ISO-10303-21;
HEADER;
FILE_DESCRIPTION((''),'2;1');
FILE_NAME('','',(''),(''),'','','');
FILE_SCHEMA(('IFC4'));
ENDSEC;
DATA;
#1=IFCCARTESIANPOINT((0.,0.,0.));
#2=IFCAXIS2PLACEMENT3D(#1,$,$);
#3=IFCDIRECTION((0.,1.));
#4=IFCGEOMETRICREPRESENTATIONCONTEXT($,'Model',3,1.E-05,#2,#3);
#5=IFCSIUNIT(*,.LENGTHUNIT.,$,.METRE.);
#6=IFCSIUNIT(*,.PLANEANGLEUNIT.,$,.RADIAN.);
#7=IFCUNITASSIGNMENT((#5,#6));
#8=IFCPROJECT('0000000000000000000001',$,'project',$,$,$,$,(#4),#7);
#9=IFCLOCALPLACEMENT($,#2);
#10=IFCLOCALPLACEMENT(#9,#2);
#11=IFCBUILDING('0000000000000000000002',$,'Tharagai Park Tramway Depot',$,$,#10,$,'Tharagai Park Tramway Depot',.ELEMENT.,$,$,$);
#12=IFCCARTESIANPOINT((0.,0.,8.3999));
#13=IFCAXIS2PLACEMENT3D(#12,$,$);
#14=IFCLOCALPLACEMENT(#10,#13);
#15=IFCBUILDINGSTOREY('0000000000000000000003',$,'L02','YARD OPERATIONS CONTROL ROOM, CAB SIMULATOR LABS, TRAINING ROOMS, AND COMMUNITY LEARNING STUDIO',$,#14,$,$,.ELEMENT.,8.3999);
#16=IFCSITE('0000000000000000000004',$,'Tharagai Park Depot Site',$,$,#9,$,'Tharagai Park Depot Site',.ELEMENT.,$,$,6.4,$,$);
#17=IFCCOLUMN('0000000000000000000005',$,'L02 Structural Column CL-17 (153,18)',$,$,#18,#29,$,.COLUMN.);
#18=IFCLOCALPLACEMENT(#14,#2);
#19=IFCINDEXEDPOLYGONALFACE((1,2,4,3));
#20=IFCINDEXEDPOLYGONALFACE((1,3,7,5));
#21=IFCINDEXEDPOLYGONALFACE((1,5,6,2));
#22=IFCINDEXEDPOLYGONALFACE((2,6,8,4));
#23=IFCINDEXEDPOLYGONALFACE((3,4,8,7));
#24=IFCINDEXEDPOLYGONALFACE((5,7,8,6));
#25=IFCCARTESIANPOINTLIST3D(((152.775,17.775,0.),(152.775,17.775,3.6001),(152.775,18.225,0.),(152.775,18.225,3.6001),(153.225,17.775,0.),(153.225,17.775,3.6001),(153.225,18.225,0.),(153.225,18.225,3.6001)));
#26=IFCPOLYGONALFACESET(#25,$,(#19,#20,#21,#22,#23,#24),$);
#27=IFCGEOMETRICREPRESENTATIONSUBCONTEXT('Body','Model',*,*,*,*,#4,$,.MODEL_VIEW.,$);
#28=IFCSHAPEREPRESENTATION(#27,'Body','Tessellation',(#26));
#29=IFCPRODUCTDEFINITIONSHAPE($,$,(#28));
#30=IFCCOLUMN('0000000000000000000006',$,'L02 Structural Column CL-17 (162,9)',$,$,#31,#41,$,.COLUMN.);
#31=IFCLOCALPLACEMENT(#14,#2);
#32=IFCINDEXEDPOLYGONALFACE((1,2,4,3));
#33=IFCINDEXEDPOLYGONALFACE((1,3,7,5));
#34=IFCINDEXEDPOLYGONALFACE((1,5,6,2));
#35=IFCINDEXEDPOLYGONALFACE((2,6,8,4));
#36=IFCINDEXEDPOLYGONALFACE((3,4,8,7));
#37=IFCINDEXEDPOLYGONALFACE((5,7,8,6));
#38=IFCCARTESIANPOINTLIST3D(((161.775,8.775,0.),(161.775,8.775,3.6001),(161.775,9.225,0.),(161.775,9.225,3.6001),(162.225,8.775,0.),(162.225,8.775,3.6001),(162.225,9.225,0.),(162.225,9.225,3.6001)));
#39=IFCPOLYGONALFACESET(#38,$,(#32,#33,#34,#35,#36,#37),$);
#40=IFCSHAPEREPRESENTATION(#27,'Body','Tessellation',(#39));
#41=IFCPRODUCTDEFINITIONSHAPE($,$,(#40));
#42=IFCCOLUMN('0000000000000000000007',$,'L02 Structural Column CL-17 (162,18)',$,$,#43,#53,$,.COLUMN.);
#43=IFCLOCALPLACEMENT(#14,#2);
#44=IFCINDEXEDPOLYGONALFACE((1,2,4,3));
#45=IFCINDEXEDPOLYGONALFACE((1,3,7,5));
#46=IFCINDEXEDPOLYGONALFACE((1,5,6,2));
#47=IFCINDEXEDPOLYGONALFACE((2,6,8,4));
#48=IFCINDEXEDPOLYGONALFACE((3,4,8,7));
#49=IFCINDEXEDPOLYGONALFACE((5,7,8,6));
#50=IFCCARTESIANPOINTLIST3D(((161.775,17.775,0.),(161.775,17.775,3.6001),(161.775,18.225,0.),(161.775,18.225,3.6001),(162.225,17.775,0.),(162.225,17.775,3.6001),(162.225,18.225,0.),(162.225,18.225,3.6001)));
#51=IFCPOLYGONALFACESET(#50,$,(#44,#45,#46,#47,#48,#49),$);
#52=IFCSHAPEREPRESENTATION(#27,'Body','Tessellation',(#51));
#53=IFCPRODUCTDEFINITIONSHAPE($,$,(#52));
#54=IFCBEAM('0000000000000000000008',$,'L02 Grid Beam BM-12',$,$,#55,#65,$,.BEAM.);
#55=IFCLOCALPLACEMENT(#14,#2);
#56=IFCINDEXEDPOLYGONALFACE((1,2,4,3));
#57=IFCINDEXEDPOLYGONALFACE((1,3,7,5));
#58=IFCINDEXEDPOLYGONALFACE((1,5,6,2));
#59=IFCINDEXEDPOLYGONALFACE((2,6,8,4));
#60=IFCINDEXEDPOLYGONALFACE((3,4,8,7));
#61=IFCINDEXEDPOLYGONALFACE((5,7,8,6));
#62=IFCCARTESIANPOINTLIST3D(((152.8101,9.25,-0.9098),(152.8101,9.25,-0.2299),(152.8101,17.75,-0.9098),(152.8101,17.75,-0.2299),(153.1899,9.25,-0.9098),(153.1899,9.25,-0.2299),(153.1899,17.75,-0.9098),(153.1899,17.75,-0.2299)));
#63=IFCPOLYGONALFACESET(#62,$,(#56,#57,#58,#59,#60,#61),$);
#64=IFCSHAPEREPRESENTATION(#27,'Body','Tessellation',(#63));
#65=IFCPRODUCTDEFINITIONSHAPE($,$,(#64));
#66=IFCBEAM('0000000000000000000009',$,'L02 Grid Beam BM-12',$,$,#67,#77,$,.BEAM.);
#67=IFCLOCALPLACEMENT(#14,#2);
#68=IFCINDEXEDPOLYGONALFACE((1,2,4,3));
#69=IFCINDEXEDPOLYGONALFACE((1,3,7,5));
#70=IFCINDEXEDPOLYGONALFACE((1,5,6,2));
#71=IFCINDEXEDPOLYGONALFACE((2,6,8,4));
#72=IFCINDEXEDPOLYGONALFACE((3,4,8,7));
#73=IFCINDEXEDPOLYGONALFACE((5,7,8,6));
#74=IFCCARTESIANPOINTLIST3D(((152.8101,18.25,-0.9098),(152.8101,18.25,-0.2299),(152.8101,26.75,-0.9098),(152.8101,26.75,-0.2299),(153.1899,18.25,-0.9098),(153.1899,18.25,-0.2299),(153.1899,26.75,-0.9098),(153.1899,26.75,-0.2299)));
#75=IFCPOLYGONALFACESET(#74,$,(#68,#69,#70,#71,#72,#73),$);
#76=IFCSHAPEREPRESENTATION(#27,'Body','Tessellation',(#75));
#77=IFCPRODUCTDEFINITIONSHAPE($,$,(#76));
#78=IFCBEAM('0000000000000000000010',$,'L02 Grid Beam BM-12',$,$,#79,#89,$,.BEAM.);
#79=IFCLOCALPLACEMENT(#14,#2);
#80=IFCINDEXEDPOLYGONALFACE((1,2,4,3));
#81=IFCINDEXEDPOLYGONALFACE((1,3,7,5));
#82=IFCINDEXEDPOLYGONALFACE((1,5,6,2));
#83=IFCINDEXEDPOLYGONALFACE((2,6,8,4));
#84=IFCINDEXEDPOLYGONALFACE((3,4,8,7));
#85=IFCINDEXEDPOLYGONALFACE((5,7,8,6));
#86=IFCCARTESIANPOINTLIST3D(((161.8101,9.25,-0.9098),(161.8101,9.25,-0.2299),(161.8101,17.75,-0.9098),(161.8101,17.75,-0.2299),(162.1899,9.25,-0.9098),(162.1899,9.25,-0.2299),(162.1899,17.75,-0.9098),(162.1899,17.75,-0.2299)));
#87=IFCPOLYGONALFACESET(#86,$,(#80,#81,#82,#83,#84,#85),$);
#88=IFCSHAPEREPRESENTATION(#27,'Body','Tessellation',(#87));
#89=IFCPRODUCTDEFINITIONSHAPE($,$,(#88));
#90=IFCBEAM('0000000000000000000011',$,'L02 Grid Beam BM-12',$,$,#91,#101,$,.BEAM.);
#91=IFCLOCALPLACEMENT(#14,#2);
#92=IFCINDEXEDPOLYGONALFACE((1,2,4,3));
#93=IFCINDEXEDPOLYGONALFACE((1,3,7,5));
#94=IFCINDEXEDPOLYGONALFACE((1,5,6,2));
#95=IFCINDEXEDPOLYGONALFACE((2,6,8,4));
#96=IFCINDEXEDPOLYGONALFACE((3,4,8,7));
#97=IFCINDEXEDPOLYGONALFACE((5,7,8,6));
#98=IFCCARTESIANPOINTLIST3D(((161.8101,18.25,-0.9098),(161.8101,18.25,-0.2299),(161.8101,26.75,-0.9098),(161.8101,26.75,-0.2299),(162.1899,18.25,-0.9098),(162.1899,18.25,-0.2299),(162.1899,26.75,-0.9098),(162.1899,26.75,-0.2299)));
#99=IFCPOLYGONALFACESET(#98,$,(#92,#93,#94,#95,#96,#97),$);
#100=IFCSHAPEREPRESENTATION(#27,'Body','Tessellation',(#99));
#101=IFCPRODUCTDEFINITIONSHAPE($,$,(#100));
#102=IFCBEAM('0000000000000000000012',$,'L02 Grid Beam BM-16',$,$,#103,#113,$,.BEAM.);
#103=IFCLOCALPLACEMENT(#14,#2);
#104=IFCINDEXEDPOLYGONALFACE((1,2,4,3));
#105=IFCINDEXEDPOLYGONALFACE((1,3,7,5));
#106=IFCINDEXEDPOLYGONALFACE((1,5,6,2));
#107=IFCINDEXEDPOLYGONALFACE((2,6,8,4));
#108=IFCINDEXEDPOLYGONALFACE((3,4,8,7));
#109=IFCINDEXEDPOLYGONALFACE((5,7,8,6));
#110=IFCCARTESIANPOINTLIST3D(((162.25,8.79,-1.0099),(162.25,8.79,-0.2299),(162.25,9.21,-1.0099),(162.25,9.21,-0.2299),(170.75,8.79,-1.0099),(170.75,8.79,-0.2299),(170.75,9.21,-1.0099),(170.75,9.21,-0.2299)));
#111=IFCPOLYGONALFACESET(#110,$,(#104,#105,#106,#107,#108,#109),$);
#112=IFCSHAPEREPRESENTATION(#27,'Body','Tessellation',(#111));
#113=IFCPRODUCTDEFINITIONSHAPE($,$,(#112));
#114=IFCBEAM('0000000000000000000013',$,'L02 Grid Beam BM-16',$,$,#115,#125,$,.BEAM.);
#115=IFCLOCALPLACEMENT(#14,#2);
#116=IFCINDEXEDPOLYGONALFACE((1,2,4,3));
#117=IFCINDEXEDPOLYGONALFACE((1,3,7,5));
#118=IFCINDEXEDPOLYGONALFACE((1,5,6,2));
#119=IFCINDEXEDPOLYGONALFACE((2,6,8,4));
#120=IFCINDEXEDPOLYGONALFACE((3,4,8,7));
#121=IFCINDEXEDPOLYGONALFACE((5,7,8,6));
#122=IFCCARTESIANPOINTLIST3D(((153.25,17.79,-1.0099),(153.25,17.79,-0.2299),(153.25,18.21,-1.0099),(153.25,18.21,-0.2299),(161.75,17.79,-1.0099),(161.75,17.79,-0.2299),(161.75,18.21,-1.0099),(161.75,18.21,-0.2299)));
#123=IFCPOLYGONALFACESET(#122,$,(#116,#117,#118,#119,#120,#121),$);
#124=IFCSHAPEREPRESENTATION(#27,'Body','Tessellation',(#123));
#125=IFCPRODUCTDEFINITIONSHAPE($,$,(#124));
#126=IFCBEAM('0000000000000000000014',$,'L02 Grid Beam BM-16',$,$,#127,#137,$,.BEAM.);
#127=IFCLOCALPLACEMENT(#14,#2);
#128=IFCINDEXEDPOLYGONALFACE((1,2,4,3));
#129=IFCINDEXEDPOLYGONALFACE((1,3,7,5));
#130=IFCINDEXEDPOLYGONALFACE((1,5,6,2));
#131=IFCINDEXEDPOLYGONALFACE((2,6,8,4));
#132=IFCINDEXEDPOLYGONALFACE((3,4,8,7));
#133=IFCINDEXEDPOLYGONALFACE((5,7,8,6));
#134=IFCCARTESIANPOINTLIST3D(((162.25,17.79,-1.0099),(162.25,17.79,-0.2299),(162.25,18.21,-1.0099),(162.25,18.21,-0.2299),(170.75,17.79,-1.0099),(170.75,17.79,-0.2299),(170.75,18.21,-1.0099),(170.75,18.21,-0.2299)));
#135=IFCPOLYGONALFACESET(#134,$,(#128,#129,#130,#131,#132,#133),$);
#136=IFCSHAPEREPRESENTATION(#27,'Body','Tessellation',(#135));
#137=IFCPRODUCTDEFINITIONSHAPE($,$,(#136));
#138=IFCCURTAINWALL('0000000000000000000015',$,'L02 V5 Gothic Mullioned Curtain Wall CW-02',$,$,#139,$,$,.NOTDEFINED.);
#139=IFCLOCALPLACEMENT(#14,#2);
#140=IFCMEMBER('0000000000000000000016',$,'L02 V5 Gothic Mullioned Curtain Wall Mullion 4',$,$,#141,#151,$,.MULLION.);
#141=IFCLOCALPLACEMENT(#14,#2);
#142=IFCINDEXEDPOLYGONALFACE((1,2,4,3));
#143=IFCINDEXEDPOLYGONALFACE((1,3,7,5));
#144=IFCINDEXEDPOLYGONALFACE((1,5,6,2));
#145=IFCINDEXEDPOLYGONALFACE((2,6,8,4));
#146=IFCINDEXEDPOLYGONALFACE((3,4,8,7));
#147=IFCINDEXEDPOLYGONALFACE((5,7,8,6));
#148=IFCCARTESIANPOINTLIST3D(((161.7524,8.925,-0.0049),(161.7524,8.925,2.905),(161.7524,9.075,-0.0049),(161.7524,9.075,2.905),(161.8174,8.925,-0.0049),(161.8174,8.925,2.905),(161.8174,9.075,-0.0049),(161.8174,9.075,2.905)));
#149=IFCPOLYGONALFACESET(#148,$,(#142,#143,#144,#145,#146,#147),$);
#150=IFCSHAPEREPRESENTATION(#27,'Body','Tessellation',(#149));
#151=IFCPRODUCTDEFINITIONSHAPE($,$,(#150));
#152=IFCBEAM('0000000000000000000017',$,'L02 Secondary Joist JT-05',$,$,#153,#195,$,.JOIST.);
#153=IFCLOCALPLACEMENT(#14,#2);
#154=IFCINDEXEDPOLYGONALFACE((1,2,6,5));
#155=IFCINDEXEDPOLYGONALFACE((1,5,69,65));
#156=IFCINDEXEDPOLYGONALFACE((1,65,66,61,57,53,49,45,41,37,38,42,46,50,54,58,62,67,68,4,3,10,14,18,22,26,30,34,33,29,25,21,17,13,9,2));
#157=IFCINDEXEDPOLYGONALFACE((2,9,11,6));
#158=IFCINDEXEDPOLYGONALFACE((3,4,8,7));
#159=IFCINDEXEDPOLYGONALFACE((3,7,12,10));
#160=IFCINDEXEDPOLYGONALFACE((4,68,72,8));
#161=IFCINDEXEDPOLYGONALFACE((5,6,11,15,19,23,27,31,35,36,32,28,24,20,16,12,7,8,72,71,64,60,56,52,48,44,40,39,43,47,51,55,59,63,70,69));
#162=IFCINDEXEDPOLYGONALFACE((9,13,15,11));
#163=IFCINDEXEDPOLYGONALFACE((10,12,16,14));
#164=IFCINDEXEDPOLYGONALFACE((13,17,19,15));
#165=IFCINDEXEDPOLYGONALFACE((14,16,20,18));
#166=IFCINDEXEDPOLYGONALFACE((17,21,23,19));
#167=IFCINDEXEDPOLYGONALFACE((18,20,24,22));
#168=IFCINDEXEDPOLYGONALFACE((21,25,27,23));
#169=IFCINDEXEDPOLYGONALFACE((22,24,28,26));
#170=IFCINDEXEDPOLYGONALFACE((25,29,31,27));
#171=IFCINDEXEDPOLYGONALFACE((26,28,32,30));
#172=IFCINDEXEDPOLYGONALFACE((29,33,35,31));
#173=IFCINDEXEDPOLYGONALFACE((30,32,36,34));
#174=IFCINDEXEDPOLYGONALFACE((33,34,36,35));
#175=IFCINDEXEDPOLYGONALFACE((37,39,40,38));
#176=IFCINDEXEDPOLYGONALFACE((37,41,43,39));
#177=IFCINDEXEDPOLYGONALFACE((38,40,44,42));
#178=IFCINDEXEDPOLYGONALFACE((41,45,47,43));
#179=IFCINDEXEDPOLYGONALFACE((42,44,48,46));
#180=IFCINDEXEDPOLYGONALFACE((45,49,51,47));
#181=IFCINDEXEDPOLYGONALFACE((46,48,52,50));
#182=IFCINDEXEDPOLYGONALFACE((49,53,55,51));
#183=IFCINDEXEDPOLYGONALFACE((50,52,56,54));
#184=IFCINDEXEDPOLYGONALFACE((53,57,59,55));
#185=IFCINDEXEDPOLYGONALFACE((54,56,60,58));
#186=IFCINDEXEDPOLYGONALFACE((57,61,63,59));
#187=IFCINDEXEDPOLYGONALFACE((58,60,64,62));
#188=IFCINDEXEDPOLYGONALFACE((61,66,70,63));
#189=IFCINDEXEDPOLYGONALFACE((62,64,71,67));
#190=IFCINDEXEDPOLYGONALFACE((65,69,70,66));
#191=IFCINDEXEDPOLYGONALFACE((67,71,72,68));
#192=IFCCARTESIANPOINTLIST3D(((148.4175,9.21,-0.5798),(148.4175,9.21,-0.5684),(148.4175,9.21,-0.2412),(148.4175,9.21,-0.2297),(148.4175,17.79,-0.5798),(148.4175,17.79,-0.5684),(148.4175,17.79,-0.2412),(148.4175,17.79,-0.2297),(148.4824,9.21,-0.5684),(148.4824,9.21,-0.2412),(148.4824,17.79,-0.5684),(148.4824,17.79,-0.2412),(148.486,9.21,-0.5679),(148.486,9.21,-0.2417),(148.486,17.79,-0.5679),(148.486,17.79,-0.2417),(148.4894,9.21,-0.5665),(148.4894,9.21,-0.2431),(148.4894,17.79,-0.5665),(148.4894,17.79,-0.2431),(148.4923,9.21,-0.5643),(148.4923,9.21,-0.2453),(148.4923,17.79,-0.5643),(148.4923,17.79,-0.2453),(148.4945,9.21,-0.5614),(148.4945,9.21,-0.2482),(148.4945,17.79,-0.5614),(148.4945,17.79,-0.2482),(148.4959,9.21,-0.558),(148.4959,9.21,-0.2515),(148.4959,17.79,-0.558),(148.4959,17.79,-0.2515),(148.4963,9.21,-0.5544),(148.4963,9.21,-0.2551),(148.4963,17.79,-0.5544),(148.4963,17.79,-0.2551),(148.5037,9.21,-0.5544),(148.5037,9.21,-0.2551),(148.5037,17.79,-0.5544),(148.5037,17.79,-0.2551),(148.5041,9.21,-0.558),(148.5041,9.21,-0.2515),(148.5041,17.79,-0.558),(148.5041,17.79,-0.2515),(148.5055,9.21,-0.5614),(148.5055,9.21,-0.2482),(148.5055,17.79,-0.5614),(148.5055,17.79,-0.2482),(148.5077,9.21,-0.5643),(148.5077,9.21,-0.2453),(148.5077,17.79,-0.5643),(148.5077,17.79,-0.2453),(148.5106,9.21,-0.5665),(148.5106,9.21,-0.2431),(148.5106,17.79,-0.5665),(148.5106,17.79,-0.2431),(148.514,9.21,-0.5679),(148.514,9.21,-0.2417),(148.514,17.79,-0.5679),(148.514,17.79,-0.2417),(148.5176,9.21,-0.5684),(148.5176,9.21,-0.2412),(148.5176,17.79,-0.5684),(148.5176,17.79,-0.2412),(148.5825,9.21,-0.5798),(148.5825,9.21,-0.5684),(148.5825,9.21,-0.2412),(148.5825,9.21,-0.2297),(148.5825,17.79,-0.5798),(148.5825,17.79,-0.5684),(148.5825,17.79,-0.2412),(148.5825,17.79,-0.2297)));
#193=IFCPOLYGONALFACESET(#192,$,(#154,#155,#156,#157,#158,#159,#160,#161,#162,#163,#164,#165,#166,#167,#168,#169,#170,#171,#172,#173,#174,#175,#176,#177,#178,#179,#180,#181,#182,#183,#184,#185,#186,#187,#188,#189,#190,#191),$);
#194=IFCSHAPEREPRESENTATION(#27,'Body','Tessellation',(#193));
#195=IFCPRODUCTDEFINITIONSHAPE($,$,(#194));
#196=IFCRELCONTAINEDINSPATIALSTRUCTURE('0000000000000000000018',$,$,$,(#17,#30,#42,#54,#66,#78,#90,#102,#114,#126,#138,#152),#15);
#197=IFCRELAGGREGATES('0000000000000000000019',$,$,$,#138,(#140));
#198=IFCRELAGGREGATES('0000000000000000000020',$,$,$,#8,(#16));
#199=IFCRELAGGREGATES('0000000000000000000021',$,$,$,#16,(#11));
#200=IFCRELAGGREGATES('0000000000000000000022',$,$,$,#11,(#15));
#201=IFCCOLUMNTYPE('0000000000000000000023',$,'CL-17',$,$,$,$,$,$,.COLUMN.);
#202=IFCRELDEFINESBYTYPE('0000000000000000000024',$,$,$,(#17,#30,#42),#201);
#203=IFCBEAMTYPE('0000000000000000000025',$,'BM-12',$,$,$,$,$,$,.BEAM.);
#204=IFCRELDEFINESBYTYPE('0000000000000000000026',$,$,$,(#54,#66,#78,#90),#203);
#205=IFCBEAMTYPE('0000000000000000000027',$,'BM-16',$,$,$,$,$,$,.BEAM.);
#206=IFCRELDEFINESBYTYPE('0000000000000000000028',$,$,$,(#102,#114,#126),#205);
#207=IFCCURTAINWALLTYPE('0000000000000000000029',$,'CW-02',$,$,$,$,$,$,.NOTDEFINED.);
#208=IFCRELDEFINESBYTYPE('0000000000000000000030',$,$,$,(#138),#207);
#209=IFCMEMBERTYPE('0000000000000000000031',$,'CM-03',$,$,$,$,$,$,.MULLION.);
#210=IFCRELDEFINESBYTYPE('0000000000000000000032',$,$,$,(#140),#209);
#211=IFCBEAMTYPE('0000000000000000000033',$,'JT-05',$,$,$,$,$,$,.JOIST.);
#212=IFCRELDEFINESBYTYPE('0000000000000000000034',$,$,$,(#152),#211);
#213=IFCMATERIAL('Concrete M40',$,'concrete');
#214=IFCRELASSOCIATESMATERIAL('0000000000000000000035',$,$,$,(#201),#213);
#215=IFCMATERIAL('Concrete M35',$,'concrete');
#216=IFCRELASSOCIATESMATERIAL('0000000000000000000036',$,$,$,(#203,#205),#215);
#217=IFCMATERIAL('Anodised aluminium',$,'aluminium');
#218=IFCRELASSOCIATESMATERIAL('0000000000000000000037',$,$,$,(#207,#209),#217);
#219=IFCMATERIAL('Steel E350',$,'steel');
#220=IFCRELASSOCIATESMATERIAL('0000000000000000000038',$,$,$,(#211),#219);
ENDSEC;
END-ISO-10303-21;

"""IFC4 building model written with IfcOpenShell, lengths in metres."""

from ifc_helpers import new_model, si_unit, direction, frame, origin, origin_2d, place, context, subcontext, project, spatial, rectangle, i_section, extrude, material, material_profile, profile_set, type_object, element, aggregate, save


model = new_model("IFC4")

# Units and contexts
model_context = context("Model", 3, precision=1e-05, world=origin(), true_north=direction((0.0, 1.0)))
body_context = subcontext(model_context, "Body", "Model", "MODEL_VIEW")
ifc_project = project(units=[si_unit("LENGTHUNIT", "METRE"), si_unit("PLANEANGLEUNIT", "RADIAN")], contexts=[model_context])

# Site, building, storey
site_placement = place(None, origin())
site = spatial("IfcSite", under=ifc_project, at=site_placement, Name="Tharagai Park Depot Site", LongName="Tharagai Park Depot Site", CompositionType="ELEMENT", RefElevation=6.4)
building_placement = place(site_placement, origin())
building = spatial("IfcBuilding", under=site, at=building_placement, Name="Tharagai Park Tramway Depot", LongName="Tharagai Park Tramway Depot", CompositionType="ELEMENT")
storey_placement = place(building_placement, frame((0.0, 0.0, 8.3999)))
storey = spatial("IfcBuildingStorey", under=building, at=storey_placement, Name="L02", Description="YARD OPERATIONS CONTROL ROOM, CAB SIMULATOR LABS, TRAINING ROOMS, AND COMMUNITY LEARNING STUDIO", CompositionType="ELEMENT", Elevation=8.3999)

# Columns
ifc_material_1 = material(Name="Concrete M40", Category="concrete")
ifc_material_profile_1 = material_profile(ifc_material_1, rectangle(XDim=0.45, YDim=0.45, at=origin_2d()), Name="RC 450x450")
ifc_profile_set_1 = profile_set([ifc_material_profile_1], Name="Concrete M40")
column_type = type_object("IfcColumnType", Name="CL-17", PredefinedType="COLUMN", material=ifc_profile_set_1)
for number, where, z_axis, x_axis, name in (
    (1, (153.0, 18.0, 0.0), (0.0, 0.0, 1.0), (1.0, 0.0, 0.0), "L02 Structural Column CL-17 (153,18)"),
    (2, (162.0, 9.0, 0.0), (0.0, 0.0, 1.0), (1.0, 0.0, 0.0), "L02 Structural Column CL-17 (162,9)"),
    (3, (162.0, 18.0, 0.0), (0.0, 0.0, 1.0), (1.0, 0.0, 0.0), "L02 Structural Column CL-17 (162,18)"),
):
    element("IfcColumn", number, at=place(storey_placement, frame(where, z_axis=z_axis, x_axis=x_axis)), inside=storey, type_object=column_type, Name=name, PredefinedType="COLUMN", context=body_context, shape_type="SweptSolid", body=[
        extrude(rectangle(XDim=0.45, YDim=0.45, at=origin_2d()), origin(), (0.0, 0.0, 1.0), 3.6001),
    ])

# Beams
ifc_material_2 = material(Name="Concrete M35", Category="concrete")
ifc_material_profile_2 = material_profile(ifc_material_2, rectangle(XDim=0.3799, YDim=0.6799, at=origin_2d()), Name="RC 380x680")
ifc_profile_set_2 = profile_set([ifc_material_profile_2], Name="Concrete M35")
beam_type_1 = type_object("IfcBeamType", Name="BM-12", PredefinedType="BEAM", material=ifc_profile_set_2)
for number, where, z_axis, x_axis, name in (
    (4, (153.0, 9.25, -0.5698), (0.0, 1.0, 0.0), (-1.0, 0.0, 0.0), "L02 Grid Beam BM-12"),
    (5, (153.0, 18.25, -0.5698), (0.0, 1.0, 0.0), (-1.0, 0.0, 0.0), "L02 Grid Beam BM-12"),
    (6, (162.0, 9.25, -0.5698), (0.0, 1.0, 0.0), (-1.0, 0.0, 0.0), "L02 Grid Beam BM-12"),
    (7, (162.0, 18.25, -0.5698), (0.0, 1.0, 0.0), (-1.0, 0.0, 0.0), "L02 Grid Beam BM-12"),
):
    element("IfcBeam", number, at=place(storey_placement, frame(where, z_axis=z_axis, x_axis=x_axis)), inside=storey, type_object=beam_type_1, Name=name, PredefinedType="BEAM", context=body_context, shape_type="SweptSolid", body=[
        extrude(rectangle(XDim=0.3799, YDim=0.6799, at=origin_2d()), origin(), (0.0, 0.0, 1.0), 8.5),
    ])
ifc_material_profile_3 = material_profile(ifc_material_2, rectangle(XDim=0.4199, YDim=0.78, at=origin_2d()), Name="RC 420x780")
ifc_profile_set_3 = profile_set([ifc_material_profile_3], Name="Concrete M35")
beam_type_2 = type_object("IfcBeamType", Name="BM-16", PredefinedType="BEAM", material=ifc_profile_set_3)
for number, where, z_axis, x_axis, name in (
    (8, (162.25, 9.0, -0.6199), (1.0, 0.0, 0.0), (0.0, 1.0, 0.0), "L02 Grid Beam BM-16"),
    (9, (153.25, 18.0, -0.6199), (1.0, 0.0, 0.0), (0.0, 1.0, 0.0), "L02 Grid Beam BM-16"),
    (10, (162.25, 18.0, -0.6199), (1.0, 0.0, 0.0), (0.0, 1.0, 0.0), "L02 Grid Beam BM-16"),
):
    element("IfcBeam", number, at=place(storey_placement, frame(where, z_axis=z_axis, x_axis=x_axis)), inside=storey, type_object=beam_type_2, Name=name, PredefinedType="BEAM", context=body_context, shape_type="SweptSolid", body=[
        extrude(rectangle(XDim=0.4199, YDim=0.78, at=origin_2d()), origin(), (0.0, 0.0, 1.0), 8.5),
    ])

# Curtain wall, member
ifc_material_3 = material(Name="Anodised aluminium", Category="aluminium")
curtain_wall_type = type_object("IfcCurtainWallType", Name="CW-02", PredefinedType="NOTDEFINED", material=ifc_material_3)
curtain_wall_placement = place(storey_placement, origin())
curtain_wall = element("IfcCurtainWall", 11, at=curtain_wall_placement, inside=storey, type_object=curtain_wall_type, Name="L02 V5 Gothic Mullioned Curtain Wall CW-02", PredefinedType="NOTDEFINED")
ifc_material_profile_4 = material_profile(ifc_material_3, rectangle(XDim=0.0649, YDim=0.1499, at=origin_2d()), Name="ALU 65x150")
ifc_profile_set_4 = profile_set([ifc_material_profile_4], Name="Anodised aluminium")
member_type = type_object("IfcMemberType", Name="CM-03", PredefinedType="MULLION", material=ifc_profile_set_4)
member_placement = place(storey_placement, frame((161.7849, 9.0, -0.0049), z_axis=(0.0, 0.0, 1.0), x_axis=(1.0, 0.0, 0.0)))
member = element("IfcMember", 12, at=member_placement, type_object=member_type, Name="L02 V5 Gothic Mullioned Curtain Wall Mullion 4", PredefinedType="MULLION", context=body_context, shape_type="SweptSolid", body=[
    extrude(rectangle(XDim=0.0649, YDim=0.1499, at=origin_2d()), origin(), (0.0, 0.0, 1.0), 2.9099),
])

# Beam
ifc_material_4 = material(Name="Steel E350", Category="steel")
ifc_material_profile_5 = material_profile(ifc_material_4, i_section(OverallWidth=0.165, OverallDepth=0.3501, WebThickness=0.0073, FlangeThickness=0.0115, FilletRadius=0.0139, at=origin_2d()), Name="ISLB 350")
ifc_profile_set_5 = profile_set([ifc_material_profile_5], Name="Steel E350")
beam_type_3 = type_object("IfcBeamType", Name="JT-05", PredefinedType="JOIST", material=ifc_profile_set_5)
beam_1_placement = place(storey_placement, frame((148.5, 9.21, -0.4048), z_axis=(0.0, 1.0, 0.0), x_axis=(-1.0, 0.0, 0.0)))
element("IfcBeam", 13, at=beam_1_placement, inside=storey, type_object=beam_type_3, Name="L02 Secondary Joist JT-05", PredefinedType="JOIST", context=body_context, shape_type="SweptSolid", body=[
    extrude(i_section(OverallWidth=0.165, OverallDepth=0.3501, WebThickness=0.0073, FlangeThickness=0.0115, FilletRadius=0.0139, at=origin_2d()), origin(), (0.0, 0.0, 1.0), 8.5801),
])

aggregate(curtain_wall, [member])

save(model, "model.ifc")
